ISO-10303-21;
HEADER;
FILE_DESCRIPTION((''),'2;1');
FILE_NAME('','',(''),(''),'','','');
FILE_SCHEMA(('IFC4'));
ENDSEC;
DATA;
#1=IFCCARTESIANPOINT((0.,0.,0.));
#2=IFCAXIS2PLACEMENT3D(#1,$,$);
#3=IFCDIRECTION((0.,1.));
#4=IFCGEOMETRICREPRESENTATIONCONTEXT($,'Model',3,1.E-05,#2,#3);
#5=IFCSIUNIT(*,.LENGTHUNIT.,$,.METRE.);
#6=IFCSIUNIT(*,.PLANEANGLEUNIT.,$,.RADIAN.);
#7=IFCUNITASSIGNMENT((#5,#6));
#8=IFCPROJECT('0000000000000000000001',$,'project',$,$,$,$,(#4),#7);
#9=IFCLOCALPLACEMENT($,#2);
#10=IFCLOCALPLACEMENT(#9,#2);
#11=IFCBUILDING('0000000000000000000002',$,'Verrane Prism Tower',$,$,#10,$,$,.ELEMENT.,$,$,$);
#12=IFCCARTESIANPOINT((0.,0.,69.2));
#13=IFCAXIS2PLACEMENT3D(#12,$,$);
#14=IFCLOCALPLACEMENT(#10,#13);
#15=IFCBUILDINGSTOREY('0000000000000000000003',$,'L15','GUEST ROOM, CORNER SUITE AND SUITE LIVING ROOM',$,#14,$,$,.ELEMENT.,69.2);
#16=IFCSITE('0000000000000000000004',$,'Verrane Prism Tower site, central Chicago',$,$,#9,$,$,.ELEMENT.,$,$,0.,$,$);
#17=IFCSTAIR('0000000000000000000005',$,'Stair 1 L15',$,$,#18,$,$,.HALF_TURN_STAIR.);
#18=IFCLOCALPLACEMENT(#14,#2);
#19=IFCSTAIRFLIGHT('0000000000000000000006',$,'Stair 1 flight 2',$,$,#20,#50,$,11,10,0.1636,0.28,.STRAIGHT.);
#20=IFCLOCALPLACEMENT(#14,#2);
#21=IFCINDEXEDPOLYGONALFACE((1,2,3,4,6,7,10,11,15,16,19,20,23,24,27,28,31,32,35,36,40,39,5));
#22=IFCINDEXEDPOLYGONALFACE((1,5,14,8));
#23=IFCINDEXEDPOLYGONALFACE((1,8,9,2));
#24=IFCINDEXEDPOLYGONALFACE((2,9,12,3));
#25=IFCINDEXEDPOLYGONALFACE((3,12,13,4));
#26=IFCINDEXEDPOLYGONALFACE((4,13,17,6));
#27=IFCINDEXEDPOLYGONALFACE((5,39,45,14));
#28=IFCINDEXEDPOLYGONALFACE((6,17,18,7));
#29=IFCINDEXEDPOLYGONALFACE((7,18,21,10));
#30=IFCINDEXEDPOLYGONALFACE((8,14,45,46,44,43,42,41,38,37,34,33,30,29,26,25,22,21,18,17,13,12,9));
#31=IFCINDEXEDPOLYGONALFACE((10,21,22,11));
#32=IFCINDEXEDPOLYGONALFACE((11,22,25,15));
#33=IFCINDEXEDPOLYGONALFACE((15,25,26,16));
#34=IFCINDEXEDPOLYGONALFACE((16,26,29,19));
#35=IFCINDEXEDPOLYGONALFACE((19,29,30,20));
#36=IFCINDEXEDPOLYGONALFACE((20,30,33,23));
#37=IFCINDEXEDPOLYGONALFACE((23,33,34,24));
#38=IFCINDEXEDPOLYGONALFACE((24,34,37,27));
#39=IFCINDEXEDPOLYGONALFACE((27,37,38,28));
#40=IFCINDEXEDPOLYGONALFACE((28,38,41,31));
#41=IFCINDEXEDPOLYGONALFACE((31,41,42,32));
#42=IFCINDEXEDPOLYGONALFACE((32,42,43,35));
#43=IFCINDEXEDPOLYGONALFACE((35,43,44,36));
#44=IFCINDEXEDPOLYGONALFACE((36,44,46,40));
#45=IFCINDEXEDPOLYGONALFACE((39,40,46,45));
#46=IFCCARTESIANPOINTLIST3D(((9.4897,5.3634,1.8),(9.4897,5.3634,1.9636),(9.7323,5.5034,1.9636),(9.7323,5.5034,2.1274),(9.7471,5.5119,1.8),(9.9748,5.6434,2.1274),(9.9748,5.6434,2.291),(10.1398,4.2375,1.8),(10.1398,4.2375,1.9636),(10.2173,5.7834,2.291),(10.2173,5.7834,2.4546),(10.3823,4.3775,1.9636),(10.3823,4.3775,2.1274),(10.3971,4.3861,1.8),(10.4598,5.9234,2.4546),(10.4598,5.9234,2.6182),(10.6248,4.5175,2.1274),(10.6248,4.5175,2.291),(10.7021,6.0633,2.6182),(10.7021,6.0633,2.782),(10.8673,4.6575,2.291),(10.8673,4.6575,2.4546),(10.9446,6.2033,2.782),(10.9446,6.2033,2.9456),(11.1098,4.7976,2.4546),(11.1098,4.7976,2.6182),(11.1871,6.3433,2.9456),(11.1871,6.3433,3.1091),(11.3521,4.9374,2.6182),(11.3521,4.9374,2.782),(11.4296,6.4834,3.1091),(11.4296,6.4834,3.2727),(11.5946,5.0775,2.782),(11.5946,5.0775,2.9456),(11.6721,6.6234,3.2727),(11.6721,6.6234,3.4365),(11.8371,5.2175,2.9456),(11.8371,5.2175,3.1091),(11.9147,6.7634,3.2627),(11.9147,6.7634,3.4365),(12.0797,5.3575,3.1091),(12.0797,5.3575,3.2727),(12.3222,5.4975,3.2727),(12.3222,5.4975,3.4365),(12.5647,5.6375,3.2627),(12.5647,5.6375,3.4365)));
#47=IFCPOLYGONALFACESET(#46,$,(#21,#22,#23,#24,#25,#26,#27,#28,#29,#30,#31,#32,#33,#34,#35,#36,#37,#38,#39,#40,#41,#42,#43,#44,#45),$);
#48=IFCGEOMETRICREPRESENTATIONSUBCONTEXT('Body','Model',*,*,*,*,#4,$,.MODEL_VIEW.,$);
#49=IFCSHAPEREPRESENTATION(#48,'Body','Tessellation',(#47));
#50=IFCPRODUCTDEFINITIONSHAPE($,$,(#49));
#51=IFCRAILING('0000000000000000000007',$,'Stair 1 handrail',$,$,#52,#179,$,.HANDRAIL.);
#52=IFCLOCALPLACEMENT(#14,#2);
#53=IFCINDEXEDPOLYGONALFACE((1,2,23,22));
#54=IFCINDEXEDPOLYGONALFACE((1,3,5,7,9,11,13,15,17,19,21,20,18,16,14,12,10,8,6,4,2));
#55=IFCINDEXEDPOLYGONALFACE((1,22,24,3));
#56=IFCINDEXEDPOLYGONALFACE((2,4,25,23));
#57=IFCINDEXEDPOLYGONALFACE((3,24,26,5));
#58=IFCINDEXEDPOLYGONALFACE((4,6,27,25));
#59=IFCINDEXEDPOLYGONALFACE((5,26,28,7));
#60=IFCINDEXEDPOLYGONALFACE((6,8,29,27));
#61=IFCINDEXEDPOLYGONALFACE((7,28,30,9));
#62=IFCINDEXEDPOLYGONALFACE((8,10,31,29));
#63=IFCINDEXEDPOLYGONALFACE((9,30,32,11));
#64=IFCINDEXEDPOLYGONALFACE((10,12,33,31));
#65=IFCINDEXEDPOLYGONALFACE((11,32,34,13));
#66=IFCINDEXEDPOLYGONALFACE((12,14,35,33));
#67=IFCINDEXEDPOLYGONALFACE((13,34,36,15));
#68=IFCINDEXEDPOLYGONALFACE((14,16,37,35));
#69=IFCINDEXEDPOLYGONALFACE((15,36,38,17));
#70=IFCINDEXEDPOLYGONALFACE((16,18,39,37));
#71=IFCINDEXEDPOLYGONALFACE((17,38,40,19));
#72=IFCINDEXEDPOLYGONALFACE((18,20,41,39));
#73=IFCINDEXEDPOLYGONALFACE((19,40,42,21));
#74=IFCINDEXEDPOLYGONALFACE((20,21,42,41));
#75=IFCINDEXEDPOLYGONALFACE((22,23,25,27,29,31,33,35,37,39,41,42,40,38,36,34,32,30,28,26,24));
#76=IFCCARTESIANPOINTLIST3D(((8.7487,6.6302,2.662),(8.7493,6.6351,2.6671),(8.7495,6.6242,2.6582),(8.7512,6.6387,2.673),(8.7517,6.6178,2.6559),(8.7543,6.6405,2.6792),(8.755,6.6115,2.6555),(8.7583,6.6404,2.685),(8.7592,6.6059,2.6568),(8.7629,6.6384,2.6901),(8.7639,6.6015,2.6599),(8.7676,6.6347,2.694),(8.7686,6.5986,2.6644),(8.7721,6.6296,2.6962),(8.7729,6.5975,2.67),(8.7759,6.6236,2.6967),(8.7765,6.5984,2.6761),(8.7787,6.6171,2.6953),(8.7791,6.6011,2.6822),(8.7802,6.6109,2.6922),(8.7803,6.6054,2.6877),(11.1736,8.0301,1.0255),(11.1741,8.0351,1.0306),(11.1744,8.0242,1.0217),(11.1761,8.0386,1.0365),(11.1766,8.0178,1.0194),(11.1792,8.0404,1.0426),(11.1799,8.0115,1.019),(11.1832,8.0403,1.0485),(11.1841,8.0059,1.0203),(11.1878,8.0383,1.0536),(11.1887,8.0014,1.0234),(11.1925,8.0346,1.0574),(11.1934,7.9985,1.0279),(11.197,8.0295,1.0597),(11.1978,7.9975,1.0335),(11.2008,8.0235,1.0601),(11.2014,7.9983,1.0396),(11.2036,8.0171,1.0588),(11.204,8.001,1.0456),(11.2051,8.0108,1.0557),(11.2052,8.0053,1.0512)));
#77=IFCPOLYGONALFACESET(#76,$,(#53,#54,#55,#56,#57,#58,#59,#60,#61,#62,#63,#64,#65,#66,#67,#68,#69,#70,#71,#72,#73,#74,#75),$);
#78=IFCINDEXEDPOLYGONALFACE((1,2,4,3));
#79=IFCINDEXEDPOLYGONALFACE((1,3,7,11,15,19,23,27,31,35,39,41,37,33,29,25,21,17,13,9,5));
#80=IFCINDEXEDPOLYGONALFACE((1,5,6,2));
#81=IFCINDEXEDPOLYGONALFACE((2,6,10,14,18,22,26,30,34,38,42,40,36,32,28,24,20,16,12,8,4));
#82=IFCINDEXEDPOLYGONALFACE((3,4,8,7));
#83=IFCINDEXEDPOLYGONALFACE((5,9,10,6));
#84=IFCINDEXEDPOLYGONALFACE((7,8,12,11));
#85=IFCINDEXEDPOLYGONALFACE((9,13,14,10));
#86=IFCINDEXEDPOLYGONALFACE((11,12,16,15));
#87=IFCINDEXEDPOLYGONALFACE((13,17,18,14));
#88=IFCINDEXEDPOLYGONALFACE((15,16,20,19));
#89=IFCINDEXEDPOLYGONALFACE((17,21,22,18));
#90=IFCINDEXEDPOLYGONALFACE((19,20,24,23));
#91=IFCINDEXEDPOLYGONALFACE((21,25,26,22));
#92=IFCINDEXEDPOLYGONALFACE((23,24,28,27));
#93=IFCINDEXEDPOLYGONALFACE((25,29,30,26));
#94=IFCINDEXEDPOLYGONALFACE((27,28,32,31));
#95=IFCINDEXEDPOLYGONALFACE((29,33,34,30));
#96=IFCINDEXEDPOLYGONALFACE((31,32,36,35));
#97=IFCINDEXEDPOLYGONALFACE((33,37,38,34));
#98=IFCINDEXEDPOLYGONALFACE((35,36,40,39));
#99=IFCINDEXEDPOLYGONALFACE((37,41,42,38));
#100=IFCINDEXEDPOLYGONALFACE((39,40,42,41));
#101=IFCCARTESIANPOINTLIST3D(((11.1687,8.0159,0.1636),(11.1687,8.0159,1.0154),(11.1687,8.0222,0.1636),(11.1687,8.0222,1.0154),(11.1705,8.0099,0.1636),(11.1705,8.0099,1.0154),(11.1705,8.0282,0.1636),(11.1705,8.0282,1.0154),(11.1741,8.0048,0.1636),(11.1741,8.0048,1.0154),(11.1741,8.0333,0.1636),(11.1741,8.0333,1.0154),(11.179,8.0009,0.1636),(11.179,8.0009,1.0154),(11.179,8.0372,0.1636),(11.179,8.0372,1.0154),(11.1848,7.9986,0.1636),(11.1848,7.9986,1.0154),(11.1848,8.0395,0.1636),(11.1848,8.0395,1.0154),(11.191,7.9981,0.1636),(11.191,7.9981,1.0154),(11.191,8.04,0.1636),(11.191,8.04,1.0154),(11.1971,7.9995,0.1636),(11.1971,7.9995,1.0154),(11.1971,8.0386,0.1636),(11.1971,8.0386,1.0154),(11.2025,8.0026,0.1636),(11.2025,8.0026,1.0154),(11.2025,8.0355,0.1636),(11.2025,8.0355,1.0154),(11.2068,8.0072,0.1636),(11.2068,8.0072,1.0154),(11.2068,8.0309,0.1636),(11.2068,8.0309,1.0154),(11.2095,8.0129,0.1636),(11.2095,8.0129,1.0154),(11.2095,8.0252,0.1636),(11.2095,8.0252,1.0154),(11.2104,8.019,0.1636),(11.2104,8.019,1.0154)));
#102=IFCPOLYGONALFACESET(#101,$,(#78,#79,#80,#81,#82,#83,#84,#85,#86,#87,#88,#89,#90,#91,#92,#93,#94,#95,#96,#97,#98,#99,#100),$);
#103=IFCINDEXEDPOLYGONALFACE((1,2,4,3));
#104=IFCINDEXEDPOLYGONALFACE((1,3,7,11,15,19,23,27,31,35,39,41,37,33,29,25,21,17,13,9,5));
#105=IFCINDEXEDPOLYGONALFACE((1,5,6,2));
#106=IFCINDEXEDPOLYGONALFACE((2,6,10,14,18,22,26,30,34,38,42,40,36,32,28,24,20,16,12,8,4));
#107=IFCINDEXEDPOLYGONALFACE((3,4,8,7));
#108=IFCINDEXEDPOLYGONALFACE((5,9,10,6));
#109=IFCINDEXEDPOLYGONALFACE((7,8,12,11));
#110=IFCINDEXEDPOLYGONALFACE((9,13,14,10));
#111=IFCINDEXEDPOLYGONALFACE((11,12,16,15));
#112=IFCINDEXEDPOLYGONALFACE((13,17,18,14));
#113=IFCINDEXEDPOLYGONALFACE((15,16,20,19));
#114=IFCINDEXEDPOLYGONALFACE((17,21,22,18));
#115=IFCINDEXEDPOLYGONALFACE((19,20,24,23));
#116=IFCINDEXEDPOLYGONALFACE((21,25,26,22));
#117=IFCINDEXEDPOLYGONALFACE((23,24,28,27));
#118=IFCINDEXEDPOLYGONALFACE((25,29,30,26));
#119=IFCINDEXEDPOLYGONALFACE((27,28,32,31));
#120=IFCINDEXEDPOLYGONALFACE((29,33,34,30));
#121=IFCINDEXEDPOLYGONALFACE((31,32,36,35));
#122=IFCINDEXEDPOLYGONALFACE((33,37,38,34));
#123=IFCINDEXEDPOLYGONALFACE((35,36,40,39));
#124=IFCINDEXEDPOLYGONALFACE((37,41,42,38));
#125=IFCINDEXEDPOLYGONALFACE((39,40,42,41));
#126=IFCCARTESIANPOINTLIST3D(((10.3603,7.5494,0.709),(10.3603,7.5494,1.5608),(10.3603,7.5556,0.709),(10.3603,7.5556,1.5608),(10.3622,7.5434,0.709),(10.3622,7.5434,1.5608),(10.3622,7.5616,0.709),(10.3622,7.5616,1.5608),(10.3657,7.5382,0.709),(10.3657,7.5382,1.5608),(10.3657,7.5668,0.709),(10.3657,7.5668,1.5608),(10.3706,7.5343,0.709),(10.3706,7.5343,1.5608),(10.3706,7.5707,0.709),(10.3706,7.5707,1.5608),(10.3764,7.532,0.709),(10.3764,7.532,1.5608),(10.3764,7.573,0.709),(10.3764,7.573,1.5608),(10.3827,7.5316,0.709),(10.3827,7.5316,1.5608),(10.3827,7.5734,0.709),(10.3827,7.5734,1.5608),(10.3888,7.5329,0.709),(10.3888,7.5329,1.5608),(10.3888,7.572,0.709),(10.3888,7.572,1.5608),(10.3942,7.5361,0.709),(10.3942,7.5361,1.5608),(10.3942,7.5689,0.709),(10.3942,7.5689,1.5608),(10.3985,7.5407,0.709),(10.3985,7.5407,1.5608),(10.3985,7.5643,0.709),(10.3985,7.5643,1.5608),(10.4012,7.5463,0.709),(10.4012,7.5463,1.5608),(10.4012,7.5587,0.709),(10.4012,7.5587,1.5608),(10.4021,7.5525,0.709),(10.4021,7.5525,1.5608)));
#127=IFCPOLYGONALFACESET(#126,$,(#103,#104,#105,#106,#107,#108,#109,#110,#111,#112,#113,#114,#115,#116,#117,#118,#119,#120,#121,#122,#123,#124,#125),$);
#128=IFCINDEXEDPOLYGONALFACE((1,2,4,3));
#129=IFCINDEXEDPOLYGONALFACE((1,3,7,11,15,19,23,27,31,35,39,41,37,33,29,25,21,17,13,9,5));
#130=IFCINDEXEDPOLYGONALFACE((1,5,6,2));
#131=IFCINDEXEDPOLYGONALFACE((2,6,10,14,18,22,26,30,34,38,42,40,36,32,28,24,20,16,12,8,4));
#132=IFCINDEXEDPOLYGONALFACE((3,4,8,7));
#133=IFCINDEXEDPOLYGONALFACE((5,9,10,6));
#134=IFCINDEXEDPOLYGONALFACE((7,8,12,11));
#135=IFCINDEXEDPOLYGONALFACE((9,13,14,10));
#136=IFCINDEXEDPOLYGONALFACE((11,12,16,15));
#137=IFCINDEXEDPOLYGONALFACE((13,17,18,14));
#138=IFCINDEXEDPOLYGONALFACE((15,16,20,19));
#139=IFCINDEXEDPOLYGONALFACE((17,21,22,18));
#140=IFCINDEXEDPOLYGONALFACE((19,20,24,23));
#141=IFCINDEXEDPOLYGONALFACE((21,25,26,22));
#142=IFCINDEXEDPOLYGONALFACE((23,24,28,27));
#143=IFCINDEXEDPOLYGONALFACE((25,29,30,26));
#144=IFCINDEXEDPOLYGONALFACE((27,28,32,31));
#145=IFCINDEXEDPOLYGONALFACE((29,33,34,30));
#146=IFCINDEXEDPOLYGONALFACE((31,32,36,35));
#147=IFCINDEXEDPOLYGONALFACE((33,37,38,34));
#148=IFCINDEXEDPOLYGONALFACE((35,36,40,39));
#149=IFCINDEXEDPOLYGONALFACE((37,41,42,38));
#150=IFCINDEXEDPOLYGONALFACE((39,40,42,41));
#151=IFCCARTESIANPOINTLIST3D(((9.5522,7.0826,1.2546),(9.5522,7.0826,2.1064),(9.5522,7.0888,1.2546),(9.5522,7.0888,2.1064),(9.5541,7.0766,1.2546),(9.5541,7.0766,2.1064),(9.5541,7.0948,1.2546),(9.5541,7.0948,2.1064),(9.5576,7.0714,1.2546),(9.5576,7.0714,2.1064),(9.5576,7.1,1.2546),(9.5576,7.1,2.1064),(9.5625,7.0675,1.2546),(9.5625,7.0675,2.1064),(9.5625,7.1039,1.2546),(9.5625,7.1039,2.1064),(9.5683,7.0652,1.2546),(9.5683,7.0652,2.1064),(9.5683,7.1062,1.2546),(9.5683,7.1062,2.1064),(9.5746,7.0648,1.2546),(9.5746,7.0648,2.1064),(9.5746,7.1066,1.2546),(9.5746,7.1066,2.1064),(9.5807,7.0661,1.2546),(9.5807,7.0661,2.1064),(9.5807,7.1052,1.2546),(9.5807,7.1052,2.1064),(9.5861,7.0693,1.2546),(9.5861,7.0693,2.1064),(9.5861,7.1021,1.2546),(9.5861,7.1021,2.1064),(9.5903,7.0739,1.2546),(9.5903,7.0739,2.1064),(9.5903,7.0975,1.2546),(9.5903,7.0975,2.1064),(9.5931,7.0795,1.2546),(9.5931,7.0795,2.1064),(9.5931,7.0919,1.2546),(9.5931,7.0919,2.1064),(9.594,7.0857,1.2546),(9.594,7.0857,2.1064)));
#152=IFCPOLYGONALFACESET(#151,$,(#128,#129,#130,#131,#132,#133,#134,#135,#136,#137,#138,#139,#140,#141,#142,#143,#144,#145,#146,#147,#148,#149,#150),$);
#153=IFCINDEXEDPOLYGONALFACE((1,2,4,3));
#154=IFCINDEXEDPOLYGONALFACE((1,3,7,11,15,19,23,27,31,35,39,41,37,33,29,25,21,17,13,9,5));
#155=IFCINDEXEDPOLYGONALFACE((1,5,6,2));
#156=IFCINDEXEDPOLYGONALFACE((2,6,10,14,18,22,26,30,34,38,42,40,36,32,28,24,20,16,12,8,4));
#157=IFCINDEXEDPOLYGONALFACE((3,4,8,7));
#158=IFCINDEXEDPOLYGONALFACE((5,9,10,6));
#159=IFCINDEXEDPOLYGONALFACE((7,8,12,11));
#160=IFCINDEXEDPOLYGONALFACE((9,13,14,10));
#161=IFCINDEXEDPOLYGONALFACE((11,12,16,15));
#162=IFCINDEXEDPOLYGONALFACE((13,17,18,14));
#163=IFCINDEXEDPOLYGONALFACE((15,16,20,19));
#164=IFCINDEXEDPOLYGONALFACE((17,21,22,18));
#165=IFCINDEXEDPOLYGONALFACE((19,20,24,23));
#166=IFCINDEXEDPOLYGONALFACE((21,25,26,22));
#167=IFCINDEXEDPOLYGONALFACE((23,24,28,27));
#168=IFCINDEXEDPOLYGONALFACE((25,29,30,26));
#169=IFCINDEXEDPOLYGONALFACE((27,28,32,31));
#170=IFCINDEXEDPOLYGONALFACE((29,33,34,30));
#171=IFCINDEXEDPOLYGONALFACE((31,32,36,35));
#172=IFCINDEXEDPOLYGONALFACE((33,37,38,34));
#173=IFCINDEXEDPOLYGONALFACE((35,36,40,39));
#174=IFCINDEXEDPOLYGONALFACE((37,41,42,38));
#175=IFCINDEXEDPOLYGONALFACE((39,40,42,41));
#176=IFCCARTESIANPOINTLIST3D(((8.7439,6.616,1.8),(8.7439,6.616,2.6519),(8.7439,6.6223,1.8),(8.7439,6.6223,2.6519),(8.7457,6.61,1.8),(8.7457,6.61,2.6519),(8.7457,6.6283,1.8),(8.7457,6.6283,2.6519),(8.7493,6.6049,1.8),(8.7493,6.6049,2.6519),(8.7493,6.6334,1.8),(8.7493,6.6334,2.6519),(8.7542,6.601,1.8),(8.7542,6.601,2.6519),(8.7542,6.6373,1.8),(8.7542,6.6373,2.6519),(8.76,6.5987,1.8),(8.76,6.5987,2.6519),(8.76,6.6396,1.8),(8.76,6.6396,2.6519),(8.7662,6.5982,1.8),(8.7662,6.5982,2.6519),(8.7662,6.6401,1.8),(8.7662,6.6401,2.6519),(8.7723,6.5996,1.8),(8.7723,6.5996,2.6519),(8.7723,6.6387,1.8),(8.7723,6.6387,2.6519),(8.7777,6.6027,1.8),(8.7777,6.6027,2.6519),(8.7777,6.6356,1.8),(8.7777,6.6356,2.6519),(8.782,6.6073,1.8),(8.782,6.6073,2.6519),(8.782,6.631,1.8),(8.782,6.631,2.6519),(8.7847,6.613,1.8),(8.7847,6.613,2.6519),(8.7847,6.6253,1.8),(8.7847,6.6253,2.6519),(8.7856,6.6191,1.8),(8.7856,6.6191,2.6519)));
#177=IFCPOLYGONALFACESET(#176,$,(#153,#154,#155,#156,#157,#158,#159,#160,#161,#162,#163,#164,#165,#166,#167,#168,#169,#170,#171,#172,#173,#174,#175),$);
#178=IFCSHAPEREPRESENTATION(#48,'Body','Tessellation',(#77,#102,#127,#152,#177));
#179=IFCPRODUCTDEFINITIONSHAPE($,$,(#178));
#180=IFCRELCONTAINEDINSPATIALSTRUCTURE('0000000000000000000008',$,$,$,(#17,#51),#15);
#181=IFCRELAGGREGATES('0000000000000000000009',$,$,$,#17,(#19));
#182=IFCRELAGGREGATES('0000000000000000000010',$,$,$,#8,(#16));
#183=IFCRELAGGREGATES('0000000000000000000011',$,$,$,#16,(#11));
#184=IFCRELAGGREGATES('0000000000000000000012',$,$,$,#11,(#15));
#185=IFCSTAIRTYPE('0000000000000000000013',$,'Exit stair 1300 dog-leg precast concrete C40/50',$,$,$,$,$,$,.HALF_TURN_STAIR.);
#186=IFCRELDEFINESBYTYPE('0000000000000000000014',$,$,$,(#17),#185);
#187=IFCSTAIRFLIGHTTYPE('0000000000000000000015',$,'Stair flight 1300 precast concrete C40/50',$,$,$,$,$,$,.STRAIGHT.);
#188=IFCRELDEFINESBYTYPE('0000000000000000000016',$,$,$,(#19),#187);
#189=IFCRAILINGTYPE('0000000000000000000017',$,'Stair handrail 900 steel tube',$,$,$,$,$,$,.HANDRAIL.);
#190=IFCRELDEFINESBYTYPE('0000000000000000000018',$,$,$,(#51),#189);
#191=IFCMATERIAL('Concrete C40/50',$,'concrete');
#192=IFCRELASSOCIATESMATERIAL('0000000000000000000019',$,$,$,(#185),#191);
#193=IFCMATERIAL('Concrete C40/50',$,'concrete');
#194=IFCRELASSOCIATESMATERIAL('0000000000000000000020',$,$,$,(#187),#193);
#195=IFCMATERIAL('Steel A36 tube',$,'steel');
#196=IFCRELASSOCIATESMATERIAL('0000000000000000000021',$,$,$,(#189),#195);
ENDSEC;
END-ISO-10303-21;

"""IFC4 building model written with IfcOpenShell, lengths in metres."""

from ifc_helpers import new_model, si_unit, direction, frame, origin, origin_2d, place, context, subcontext, project, spatial, polyline, circle, outline, extrude, material, type_object, element, aggregate, save


model = new_model("IFC4")

# Units and contexts
model_context = context("Model", 3, precision=1e-05, world=origin(), true_north=direction((0.0, 1.0)))
body_context = subcontext(model_context, "Body", "Model", "MODEL_VIEW")
ifc_project = project(units=[si_unit("LENGTHUNIT", "METRE"), si_unit("PLANEANGLEUNIT", "RADIAN")], contexts=[model_context])

# Site, building, storey
site_placement = place(None, origin())
site = spatial("IfcSite", under=ifc_project, at=site_placement, Name="Verrane Prism Tower site, central Chicago", CompositionType="ELEMENT", RefElevation=0.0)
building_placement = place(site_placement, origin())
building = spatial("IfcBuilding", under=site, at=building_placement, Name="Verrane Prism Tower", CompositionType="ELEMENT")
storey_placement = place(building_placement, frame((0.0, 0.0, 69.2)))
storey = spatial("IfcBuildingStorey", under=building, at=storey_placement, Name="L15", Description="GUEST ROOM, CORNER SUITE AND SUITE LIVING ROOM", CompositionType="ELEMENT", Elevation=69.2)

# Stair, stair flight
ifc_material_1 = material(Name="Concrete C40/50", Category="concrete")
stair_type = type_object("IfcStairType", Name="Exit stair 1300 dog-leg precast concrete C40/50", PredefinedType="HALF_TURN_STAIR", material=ifc_material_1)
stair_placement = place(storey_placement, origin())
stair = element("IfcStair", 1, at=stair_placement, inside=storey, type_object=stair_type, Name="Stair 1 L15", PredefinedType="HALF_TURN_STAIR")
ifc_material_2 = material(Name="Concrete C40/50", Category="concrete")
stair_flight_type = type_object("IfcStairFlightType", Name="Stair flight 1300 precast concrete C40/50", PredefinedType="STRAIGHT", material=ifc_material_2)
stair_flight_1_placement = place(storey_placement, frame((9.8147, 4.8005, 1.8), z_axis=(0.0, 0.0, 1.0), x_axis=(0.866025, 0.5, 0.0)))
stair_flight_1 = element("IfcStairFlight", 2, at=stair_flight_1_placement, type_object=stair_flight_type, Name="Stair 1 flight 2", NumberOfRisers=11, NumberOfTreads=10, PredefinedType="STRAIGHT", RiserHeight=0.1636, TreadLength=0.28, context=body_context, shape_type="SweptSolid", body=[
    extrude(outline(polyline([(0.0, 0.0), (0.0, 0.1636), (0.28, 0.1636), (0.28, 0.3274), (0.5601, 0.3274), (0.5601, 0.491), (0.8401, 0.491), (0.8401, 0.6545), (1.1201, 0.6545), (1.1201, 0.8181), (1.3999, 0.8181), (1.3999, 0.9819), (1.6799, 0.9819), (1.6799, 1.1455), (1.96, 1.1455), (1.96, 1.3091), (2.24, 1.3091), (2.24, 1.4727), (2.52, 1.4727), (2.52, 1.6365), (2.8, 1.6365), (2.8, 1.8), (2.8, 1.4626), (0.2971, 0.0), (0.0, 0.0)])), frame((0.0, 0.6499, 0.0), z_axis=(0.0, -1.0, 0.0), x_axis=(1.0, 0.0, 0.0)), (0.0, 0.0, 1.0), 1.3),
])
aggregate(stair, [stair_flight_1])

# Railing
ifc_material_3 = material(Name="Steel A36 tube", Category="steel")
railing_type_1 = type_object("IfcRailingType", Name="Stair handrail 900 steel tube", PredefinedType="HANDRAIL", material=ifc_material_3)
railing_1_placement = place(storey_placement, frame((11.1895, 8.019, 0.1636)))
element("IfcRailing", 3, at=railing_1_placement, inside=storey, type_object=railing_type_1, Name="Stair 1 handrail", PredefinedType="HANDRAIL", context=body_context, shape_type="SweptSolid", body=[
    extrude(circle(Radius=0.0239, at=origin_2d()), frame((0.0, 0.0, 0.876), z_axis=(-0.74769, -0.431661, 0.504608), x_axis=(0.499984, -0.866035, 0.0)), (0.0, 0.0, 1.0), 3.2432),
    extrude(circle(Radius=0.021, at=origin_2d()), origin(), (0.0, 0.0, 1.0), 0.8518),
    extrude(circle(Radius=0.021, at=origin_2d()), frame((-0.8083, -0.4666, 0.5454)), (0.0, 0.0, 1.0), 0.8518),
    extrude(circle(Radius=0.021, at=origin_2d()), frame((-1.6165, -0.9333, 1.0911)), (0.0, 0.0, 1.0), 0.8518),
    extrude(circle(Radius=0.021, at=origin_2d()), frame((-2.4248, -1.3999, 1.6365)), (0.0, 0.0, 1.0), 0.8518),
])

save(model, "model.ifc")
